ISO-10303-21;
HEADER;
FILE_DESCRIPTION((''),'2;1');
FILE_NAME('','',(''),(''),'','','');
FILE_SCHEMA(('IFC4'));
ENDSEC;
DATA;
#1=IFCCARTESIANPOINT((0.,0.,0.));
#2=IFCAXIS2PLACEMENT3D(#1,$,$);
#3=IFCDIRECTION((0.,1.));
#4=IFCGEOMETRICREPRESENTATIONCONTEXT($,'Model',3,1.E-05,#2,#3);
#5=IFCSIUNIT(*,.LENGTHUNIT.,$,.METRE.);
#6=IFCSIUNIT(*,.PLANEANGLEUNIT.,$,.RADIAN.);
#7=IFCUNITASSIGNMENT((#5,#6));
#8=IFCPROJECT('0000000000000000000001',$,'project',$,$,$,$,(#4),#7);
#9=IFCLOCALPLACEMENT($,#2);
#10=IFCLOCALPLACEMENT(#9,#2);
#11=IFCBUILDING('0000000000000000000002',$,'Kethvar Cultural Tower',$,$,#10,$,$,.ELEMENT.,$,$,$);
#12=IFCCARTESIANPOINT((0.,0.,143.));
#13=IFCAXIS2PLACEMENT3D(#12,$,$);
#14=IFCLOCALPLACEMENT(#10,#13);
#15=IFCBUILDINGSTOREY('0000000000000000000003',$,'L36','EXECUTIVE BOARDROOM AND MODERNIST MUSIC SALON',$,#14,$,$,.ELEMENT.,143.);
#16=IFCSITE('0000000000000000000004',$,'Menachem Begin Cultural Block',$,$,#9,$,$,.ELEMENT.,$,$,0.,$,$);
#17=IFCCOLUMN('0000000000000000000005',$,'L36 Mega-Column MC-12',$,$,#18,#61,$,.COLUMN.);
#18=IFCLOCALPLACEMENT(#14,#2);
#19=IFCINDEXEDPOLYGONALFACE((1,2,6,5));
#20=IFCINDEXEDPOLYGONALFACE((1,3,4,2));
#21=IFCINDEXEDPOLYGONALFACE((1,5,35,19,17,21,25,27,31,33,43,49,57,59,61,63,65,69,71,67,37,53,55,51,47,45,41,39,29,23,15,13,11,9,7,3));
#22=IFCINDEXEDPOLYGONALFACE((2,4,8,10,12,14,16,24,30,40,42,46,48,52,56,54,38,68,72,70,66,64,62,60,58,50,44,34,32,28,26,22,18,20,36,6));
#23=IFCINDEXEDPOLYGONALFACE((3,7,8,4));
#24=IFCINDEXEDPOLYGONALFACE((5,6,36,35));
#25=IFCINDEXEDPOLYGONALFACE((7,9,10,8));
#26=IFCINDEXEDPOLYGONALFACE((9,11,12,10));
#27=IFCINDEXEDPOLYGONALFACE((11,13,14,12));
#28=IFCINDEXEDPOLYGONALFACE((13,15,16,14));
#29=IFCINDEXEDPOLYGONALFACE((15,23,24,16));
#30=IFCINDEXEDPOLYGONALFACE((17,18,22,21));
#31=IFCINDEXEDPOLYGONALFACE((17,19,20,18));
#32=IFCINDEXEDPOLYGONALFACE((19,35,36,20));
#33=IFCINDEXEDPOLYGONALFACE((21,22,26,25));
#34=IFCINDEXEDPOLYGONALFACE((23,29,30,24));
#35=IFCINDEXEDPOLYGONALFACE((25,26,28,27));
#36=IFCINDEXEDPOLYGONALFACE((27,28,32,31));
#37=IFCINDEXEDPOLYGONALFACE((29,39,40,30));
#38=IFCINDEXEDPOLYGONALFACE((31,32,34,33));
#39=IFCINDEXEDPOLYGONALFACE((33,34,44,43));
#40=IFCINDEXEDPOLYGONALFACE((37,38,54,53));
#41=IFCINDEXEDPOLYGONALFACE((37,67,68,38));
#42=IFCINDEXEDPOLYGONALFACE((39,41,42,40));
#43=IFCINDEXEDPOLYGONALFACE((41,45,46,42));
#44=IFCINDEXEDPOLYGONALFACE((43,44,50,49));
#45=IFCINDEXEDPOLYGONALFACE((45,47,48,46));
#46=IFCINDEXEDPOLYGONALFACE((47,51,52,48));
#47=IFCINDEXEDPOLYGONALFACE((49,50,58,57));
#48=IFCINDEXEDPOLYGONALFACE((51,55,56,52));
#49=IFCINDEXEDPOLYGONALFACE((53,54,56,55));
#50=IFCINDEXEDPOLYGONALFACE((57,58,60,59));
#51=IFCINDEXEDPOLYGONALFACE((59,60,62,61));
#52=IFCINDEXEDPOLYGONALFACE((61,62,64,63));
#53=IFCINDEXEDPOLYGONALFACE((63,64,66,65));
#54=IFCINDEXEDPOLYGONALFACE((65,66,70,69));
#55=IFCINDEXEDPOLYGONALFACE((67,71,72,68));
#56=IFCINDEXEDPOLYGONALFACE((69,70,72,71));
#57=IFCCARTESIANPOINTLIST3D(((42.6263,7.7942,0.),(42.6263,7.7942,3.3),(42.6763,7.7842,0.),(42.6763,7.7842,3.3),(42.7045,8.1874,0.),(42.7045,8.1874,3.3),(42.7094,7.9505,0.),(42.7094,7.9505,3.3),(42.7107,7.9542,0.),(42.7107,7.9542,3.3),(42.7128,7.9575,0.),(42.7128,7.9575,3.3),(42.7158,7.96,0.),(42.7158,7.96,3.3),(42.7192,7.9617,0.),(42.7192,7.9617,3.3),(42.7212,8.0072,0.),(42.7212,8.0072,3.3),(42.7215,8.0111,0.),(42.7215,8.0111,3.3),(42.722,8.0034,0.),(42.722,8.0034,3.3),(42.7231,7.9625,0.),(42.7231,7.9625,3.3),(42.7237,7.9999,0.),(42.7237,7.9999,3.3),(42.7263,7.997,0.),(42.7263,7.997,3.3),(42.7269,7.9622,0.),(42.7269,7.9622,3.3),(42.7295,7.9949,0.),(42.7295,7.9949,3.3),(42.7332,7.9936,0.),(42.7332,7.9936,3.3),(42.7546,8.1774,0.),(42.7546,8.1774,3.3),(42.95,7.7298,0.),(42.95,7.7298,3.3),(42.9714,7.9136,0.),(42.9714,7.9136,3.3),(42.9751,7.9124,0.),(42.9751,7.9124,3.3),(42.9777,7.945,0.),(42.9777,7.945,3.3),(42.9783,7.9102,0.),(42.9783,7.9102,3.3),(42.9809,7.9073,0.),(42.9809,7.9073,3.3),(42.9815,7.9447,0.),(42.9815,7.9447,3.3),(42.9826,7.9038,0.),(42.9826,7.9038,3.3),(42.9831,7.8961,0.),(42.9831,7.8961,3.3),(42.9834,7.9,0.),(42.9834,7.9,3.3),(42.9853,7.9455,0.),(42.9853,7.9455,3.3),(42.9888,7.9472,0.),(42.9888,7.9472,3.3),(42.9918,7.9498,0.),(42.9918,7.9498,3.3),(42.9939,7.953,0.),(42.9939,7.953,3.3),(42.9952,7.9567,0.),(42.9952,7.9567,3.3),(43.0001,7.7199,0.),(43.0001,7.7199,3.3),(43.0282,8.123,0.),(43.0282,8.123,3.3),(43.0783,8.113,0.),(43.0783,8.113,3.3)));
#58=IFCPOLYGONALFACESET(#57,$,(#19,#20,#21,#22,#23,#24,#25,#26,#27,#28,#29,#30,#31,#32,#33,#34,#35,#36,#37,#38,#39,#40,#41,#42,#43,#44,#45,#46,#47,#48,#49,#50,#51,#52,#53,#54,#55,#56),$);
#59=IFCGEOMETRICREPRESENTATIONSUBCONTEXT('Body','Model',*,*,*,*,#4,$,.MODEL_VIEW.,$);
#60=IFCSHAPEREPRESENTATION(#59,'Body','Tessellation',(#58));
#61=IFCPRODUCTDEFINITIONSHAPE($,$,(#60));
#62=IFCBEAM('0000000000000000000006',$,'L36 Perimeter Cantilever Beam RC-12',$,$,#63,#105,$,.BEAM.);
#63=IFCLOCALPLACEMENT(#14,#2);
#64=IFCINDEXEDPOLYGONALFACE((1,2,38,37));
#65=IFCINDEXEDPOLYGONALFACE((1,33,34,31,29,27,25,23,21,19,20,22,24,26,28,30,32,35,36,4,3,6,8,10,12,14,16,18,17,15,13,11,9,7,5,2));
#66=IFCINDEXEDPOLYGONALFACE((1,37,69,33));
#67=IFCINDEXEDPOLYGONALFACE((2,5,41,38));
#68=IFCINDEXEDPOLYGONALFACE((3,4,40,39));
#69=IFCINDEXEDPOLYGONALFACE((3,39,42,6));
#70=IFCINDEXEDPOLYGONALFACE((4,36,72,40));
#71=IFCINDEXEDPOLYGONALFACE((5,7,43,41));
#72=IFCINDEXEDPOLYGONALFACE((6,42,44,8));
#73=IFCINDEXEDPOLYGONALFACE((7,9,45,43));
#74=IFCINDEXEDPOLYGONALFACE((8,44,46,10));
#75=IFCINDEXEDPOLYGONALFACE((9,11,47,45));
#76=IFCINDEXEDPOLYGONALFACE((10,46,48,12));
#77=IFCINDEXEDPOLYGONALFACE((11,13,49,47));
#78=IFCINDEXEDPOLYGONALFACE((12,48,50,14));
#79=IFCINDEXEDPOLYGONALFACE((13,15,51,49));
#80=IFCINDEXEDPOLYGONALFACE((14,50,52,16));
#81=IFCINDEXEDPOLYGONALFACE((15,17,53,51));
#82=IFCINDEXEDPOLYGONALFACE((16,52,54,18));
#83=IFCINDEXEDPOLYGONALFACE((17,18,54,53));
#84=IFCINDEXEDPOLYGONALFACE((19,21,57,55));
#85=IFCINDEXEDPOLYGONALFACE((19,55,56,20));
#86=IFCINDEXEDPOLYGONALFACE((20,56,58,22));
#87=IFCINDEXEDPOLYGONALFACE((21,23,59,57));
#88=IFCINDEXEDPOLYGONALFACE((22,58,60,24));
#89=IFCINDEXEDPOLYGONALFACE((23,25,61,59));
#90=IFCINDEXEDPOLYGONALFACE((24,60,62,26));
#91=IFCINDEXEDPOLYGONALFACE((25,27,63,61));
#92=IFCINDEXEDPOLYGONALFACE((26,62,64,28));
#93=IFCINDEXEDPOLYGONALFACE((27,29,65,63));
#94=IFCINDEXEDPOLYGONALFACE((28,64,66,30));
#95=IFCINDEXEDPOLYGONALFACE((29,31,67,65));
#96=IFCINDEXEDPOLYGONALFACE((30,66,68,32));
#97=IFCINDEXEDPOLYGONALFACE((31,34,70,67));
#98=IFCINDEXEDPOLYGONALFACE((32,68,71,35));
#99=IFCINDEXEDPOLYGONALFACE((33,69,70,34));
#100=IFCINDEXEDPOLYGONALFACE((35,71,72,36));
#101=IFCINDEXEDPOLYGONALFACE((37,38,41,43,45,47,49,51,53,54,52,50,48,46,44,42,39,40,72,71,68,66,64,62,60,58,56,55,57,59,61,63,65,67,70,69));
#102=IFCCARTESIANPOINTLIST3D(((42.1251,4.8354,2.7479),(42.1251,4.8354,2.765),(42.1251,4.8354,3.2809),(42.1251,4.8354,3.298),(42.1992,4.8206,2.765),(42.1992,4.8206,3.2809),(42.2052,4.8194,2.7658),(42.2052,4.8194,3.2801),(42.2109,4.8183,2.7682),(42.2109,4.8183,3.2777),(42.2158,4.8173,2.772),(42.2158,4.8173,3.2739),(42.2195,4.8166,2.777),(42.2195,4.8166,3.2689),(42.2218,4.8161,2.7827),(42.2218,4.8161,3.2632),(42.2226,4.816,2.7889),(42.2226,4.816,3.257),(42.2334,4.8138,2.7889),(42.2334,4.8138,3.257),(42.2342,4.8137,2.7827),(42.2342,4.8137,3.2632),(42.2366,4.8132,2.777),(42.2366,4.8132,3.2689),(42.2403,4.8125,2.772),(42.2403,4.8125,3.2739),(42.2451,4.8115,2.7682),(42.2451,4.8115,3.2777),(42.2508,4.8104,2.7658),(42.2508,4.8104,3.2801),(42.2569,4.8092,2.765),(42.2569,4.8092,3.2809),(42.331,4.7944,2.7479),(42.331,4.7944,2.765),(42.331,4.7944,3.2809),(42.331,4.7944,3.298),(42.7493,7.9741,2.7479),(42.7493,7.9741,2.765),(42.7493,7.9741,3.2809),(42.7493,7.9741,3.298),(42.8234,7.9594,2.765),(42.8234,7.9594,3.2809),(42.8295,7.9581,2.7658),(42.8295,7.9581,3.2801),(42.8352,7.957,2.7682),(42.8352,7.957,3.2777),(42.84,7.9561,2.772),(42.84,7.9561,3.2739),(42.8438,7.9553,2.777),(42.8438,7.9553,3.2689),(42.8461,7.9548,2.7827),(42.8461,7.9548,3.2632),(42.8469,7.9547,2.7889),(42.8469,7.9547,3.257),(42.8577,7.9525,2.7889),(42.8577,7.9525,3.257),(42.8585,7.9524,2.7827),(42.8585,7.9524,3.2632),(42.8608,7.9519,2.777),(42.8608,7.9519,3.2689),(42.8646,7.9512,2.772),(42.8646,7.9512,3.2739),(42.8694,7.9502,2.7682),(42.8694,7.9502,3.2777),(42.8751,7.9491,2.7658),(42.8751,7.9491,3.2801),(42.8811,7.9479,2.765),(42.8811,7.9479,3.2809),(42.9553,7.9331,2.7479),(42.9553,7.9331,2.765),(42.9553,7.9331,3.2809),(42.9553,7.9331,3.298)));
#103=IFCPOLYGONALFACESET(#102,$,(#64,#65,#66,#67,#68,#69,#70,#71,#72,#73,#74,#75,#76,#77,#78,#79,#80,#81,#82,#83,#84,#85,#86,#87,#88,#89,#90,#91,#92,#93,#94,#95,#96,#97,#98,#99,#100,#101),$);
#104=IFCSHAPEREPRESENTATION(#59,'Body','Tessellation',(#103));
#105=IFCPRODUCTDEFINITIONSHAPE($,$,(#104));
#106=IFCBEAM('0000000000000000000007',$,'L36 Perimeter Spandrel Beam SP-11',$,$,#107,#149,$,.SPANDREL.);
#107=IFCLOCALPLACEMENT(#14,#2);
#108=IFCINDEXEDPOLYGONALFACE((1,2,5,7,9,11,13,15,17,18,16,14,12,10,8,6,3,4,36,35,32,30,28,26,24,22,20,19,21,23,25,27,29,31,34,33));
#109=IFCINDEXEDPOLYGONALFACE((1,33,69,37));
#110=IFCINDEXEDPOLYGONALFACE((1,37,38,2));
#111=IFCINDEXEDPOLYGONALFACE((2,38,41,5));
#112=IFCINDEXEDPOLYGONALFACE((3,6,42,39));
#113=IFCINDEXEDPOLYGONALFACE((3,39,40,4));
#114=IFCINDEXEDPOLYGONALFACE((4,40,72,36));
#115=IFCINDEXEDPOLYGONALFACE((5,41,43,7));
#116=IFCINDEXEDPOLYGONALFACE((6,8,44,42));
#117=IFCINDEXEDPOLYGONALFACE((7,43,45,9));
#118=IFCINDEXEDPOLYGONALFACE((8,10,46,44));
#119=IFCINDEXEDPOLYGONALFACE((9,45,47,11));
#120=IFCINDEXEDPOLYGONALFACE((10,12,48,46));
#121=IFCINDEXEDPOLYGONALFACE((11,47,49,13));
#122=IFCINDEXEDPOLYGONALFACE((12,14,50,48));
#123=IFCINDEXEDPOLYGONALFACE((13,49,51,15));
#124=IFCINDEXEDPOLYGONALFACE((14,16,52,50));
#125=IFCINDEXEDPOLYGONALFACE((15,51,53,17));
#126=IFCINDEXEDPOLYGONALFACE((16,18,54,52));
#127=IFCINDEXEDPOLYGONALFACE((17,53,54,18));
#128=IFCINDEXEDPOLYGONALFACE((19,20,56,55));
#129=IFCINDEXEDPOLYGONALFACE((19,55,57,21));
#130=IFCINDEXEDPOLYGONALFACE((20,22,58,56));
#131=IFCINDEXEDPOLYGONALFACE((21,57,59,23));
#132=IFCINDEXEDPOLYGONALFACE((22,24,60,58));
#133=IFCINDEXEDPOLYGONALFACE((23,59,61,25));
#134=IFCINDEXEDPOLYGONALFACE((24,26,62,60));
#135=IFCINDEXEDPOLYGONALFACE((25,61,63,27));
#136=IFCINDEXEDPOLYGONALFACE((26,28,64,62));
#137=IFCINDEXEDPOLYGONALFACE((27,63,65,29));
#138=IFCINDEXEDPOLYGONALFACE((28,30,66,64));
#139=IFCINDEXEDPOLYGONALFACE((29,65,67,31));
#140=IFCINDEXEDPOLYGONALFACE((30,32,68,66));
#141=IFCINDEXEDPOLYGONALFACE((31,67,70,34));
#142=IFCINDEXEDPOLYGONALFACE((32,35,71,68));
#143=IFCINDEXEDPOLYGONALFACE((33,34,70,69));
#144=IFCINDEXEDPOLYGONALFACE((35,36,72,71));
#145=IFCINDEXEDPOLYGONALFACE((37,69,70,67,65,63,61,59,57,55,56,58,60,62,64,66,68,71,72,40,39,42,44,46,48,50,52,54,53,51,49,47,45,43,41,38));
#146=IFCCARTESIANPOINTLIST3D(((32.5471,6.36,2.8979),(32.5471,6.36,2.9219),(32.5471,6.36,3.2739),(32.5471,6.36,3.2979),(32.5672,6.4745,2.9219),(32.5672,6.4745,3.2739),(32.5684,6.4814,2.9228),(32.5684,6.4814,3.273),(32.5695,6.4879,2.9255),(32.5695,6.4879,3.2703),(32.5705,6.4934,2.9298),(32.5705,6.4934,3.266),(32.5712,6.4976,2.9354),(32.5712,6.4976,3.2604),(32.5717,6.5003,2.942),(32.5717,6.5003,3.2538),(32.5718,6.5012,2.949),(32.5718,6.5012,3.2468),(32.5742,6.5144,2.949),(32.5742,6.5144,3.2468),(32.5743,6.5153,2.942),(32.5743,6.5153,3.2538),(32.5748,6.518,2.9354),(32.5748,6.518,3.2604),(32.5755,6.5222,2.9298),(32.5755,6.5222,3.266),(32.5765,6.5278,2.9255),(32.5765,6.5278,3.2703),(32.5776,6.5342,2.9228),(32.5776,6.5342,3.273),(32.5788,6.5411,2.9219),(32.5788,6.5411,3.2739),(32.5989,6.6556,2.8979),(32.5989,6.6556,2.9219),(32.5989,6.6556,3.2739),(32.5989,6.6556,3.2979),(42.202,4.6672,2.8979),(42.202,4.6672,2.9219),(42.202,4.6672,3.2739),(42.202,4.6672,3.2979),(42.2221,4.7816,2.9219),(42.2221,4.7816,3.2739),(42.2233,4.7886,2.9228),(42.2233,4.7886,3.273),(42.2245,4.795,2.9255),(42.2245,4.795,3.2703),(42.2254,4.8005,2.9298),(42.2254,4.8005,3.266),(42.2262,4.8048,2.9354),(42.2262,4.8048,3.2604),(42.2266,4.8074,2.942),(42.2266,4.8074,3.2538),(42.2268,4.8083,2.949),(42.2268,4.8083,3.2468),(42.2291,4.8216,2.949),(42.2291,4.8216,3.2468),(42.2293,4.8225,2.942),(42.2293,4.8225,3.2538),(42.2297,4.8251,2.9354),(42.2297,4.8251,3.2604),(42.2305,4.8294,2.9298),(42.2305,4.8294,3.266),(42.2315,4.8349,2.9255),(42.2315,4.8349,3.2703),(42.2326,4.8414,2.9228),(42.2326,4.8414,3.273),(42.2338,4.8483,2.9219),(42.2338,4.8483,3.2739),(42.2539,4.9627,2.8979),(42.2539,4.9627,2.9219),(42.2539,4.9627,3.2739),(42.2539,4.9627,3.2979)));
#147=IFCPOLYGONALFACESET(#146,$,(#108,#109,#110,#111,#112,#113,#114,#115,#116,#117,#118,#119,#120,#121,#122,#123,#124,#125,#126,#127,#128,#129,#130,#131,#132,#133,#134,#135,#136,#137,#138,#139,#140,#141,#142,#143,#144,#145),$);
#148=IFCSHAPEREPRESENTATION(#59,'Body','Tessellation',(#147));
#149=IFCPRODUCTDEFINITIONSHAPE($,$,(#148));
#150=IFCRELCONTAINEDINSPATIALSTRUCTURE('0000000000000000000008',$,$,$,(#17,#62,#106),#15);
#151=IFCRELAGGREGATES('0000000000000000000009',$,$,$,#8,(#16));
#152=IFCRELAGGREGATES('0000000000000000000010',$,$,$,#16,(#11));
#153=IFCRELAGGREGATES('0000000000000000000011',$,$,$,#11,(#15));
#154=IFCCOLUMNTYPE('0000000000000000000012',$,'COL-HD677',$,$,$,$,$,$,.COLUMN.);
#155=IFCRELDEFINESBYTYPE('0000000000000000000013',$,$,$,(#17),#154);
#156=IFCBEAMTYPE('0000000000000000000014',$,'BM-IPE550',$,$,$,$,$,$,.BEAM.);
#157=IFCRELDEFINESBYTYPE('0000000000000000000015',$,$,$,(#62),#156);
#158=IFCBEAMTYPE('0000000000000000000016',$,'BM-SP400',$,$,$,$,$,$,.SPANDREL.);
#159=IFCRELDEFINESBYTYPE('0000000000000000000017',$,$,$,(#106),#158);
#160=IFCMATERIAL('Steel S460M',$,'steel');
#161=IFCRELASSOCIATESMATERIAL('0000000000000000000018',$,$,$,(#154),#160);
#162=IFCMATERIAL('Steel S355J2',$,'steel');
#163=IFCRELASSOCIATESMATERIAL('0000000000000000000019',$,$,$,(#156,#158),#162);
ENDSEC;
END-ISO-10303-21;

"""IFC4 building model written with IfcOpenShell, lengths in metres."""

from ifc_helpers import new_model, si_unit, direction, frame, origin, origin_2d, place, context, subcontext, project, spatial, i_section, extrude, source, transform, mapped, material, material_profile, profile_set, type_object, element, save


model = new_model("IFC4")

# Units and contexts
model_context = context("Model", 3, precision=1e-05, world=origin(), true_north=direction((0.0, 1.0)))
body_context = subcontext(model_context, "Body", "Model", "MODEL_VIEW")
ifc_project = project(units=[si_unit("LENGTHUNIT", "METRE"), si_unit("PLANEANGLEUNIT", "RADIAN")], contexts=[model_context])

# Site, building, storey
site_placement = place(None, origin())
site = spatial("IfcSite", under=ifc_project, at=site_placement, Name="Menachem Begin Cultural Block", CompositionType="ELEMENT", RefElevation=0.0)
building_placement = place(site_placement, origin())
building = spatial("IfcBuilding", under=site, at=building_placement, Name="Kethvar Cultural Tower", CompositionType="ELEMENT")
storey_placement = place(building_placement, frame((0.0, 0.0, 143.0)))
storey = spatial("IfcBuildingStorey", under=building, at=storey_placement, Name="L36", Description="EXECUTIVE BOARDROOM AND MODERNIST MUSIC SALON", CompositionType="ELEMENT", Elevation=143.0)

# Column
ifc_material_1 = material(Name="Steel S460M", Category="steel")
ifc_material_profile_1 = material_profile(ifc_material_1, i_section(OverallWidth=0.4009, OverallDepth=0.3811, WebThickness=0.032, FlangeThickness=0.051, FilletRadius=0.0149, at=origin_2d()), Name="Steel S460M — HD400x677")
ifc_profile_set_1 = profile_set([ifc_material_profile_1], Name="Steel S460M — HD400x677")
column_type = type_object("IfcColumnType", Name="COL-HD677", PredefinedType="COLUMN", material=ifc_profile_set_1)
shared_shape_1 = source(origin(), body_context, "Body", "SweptSolid", [
    extrude(i_section(OverallWidth=0.4009, OverallDepth=0.3811, WebThickness=0.032, FlangeThickness=0.051, FilletRadius=0.0149, at=origin_2d()), origin(), (0.0, 0.0, 1.0), 3.3),
])
column_placement = place(storey_placement, frame((42.8523, 7.9536, 0.0), z_axis=(0.0, 0.0, 1.0), x_axis=(-0.19509, -0.980785, 0.0)))
element("IfcColumn", 1, at=column_placement, inside=storey, type_object=column_type, Name="L36 Mega-Column MC-12", PredefinedType="COLUMN", context=body_context, shape_type="MappedRepresentation", body=[
    mapped(shared_shape_1, transform((0.0, 0.0, 0.0), scale=1.0)),
])

# Beams
ifc_material_2 = material(Name="Steel S355J2", Category="steel")
ifc_material_profile_2 = material_profile(ifc_material_2, i_section(OverallWidth=0.21, OverallDepth=0.55, WebThickness=0.011, FlangeThickness=0.0171, FilletRadius=0.0239, at=origin_2d()), Name="Steel S355J2 — IPE550")
ifc_profile_set_2 = profile_set([ifc_material_profile_2], Name="Steel S355J2 — IPE550")
beam_type_1 = type_object("IfcBeamType", Name="BM-IPE550", PredefinedType="BEAM", material=ifc_profile_set_2)
shared_shape_2 = source(origin(), body_context, "Body", "SweptSolid", [
    extrude(i_section(OverallWidth=0.21, OverallDepth=0.55, WebThickness=0.011, FlangeThickness=0.0171, FilletRadius=0.0239, at=origin_2d()), origin(), (0.0, 0.0, 1.0), 3.2002),
])
beam_1_placement = place(storey_placement, frame((42.8523, 7.9536, 3.0229), z_axis=(-0.195074, -0.980788, 0.0), x_axis=(0.980788, -0.195074, 0.0)))
element("IfcBeam", 2, at=beam_1_placement, inside=storey, type_object=beam_type_1, Name="L36 Perimeter Cantilever Beam RC-12", PredefinedType="BEAM", context=body_context, shape_type="MappedRepresentation", body=[
    mapped(shared_shape_2, transform((0.0, 0.0, 0.0), scale=1.0)),
])
ifc_material_profile_3 = material_profile(ifc_material_2, i_section(OverallWidth=0.3, OverallDepth=0.3999, WebThickness=0.0134, FlangeThickness=0.0239, FilletRadius=0.0271, at=origin_2d()), Name="Steel S355J2 — HEB400")
ifc_profile_set_3 = profile_set([ifc_material_profile_3], Name="Steel S355J2 — HEB400")
beam_type_2 = type_object("IfcBeamType", Name="BM-SP400", PredefinedType="SPANDREL", material=ifc_profile_set_3)
shared_shape_3 = source(origin(), body_context, "Body", "SweptSolid", [
    extrude(i_section(OverallWidth=0.3, OverallDepth=0.3999, WebThickness=0.0134, FlangeThickness=0.0239, FilletRadius=0.0271, at=origin_2d()), origin(), (0.0, 0.0, 1.0), 9.8022),
])
beam_2_placement = place(storey_placement, frame((32.573, 6.5078, 3.0979), z_axis=(0.984974, -0.172701, 0.0), x_axis=(0.172701, 0.984974, 0.0)))
element("IfcBeam", 3, at=beam_2_placement, inside=storey, type_object=beam_type_2, Name="L36 Perimeter Spandrel Beam SP-11", PredefinedType="SPANDREL", context=body_context, shape_type="MappedRepresentation", body=[
    mapped(shared_shape_3, transform((0.0, 0.0, 0.0), scale=1.0)),
])

save(model, "model.ifc")
